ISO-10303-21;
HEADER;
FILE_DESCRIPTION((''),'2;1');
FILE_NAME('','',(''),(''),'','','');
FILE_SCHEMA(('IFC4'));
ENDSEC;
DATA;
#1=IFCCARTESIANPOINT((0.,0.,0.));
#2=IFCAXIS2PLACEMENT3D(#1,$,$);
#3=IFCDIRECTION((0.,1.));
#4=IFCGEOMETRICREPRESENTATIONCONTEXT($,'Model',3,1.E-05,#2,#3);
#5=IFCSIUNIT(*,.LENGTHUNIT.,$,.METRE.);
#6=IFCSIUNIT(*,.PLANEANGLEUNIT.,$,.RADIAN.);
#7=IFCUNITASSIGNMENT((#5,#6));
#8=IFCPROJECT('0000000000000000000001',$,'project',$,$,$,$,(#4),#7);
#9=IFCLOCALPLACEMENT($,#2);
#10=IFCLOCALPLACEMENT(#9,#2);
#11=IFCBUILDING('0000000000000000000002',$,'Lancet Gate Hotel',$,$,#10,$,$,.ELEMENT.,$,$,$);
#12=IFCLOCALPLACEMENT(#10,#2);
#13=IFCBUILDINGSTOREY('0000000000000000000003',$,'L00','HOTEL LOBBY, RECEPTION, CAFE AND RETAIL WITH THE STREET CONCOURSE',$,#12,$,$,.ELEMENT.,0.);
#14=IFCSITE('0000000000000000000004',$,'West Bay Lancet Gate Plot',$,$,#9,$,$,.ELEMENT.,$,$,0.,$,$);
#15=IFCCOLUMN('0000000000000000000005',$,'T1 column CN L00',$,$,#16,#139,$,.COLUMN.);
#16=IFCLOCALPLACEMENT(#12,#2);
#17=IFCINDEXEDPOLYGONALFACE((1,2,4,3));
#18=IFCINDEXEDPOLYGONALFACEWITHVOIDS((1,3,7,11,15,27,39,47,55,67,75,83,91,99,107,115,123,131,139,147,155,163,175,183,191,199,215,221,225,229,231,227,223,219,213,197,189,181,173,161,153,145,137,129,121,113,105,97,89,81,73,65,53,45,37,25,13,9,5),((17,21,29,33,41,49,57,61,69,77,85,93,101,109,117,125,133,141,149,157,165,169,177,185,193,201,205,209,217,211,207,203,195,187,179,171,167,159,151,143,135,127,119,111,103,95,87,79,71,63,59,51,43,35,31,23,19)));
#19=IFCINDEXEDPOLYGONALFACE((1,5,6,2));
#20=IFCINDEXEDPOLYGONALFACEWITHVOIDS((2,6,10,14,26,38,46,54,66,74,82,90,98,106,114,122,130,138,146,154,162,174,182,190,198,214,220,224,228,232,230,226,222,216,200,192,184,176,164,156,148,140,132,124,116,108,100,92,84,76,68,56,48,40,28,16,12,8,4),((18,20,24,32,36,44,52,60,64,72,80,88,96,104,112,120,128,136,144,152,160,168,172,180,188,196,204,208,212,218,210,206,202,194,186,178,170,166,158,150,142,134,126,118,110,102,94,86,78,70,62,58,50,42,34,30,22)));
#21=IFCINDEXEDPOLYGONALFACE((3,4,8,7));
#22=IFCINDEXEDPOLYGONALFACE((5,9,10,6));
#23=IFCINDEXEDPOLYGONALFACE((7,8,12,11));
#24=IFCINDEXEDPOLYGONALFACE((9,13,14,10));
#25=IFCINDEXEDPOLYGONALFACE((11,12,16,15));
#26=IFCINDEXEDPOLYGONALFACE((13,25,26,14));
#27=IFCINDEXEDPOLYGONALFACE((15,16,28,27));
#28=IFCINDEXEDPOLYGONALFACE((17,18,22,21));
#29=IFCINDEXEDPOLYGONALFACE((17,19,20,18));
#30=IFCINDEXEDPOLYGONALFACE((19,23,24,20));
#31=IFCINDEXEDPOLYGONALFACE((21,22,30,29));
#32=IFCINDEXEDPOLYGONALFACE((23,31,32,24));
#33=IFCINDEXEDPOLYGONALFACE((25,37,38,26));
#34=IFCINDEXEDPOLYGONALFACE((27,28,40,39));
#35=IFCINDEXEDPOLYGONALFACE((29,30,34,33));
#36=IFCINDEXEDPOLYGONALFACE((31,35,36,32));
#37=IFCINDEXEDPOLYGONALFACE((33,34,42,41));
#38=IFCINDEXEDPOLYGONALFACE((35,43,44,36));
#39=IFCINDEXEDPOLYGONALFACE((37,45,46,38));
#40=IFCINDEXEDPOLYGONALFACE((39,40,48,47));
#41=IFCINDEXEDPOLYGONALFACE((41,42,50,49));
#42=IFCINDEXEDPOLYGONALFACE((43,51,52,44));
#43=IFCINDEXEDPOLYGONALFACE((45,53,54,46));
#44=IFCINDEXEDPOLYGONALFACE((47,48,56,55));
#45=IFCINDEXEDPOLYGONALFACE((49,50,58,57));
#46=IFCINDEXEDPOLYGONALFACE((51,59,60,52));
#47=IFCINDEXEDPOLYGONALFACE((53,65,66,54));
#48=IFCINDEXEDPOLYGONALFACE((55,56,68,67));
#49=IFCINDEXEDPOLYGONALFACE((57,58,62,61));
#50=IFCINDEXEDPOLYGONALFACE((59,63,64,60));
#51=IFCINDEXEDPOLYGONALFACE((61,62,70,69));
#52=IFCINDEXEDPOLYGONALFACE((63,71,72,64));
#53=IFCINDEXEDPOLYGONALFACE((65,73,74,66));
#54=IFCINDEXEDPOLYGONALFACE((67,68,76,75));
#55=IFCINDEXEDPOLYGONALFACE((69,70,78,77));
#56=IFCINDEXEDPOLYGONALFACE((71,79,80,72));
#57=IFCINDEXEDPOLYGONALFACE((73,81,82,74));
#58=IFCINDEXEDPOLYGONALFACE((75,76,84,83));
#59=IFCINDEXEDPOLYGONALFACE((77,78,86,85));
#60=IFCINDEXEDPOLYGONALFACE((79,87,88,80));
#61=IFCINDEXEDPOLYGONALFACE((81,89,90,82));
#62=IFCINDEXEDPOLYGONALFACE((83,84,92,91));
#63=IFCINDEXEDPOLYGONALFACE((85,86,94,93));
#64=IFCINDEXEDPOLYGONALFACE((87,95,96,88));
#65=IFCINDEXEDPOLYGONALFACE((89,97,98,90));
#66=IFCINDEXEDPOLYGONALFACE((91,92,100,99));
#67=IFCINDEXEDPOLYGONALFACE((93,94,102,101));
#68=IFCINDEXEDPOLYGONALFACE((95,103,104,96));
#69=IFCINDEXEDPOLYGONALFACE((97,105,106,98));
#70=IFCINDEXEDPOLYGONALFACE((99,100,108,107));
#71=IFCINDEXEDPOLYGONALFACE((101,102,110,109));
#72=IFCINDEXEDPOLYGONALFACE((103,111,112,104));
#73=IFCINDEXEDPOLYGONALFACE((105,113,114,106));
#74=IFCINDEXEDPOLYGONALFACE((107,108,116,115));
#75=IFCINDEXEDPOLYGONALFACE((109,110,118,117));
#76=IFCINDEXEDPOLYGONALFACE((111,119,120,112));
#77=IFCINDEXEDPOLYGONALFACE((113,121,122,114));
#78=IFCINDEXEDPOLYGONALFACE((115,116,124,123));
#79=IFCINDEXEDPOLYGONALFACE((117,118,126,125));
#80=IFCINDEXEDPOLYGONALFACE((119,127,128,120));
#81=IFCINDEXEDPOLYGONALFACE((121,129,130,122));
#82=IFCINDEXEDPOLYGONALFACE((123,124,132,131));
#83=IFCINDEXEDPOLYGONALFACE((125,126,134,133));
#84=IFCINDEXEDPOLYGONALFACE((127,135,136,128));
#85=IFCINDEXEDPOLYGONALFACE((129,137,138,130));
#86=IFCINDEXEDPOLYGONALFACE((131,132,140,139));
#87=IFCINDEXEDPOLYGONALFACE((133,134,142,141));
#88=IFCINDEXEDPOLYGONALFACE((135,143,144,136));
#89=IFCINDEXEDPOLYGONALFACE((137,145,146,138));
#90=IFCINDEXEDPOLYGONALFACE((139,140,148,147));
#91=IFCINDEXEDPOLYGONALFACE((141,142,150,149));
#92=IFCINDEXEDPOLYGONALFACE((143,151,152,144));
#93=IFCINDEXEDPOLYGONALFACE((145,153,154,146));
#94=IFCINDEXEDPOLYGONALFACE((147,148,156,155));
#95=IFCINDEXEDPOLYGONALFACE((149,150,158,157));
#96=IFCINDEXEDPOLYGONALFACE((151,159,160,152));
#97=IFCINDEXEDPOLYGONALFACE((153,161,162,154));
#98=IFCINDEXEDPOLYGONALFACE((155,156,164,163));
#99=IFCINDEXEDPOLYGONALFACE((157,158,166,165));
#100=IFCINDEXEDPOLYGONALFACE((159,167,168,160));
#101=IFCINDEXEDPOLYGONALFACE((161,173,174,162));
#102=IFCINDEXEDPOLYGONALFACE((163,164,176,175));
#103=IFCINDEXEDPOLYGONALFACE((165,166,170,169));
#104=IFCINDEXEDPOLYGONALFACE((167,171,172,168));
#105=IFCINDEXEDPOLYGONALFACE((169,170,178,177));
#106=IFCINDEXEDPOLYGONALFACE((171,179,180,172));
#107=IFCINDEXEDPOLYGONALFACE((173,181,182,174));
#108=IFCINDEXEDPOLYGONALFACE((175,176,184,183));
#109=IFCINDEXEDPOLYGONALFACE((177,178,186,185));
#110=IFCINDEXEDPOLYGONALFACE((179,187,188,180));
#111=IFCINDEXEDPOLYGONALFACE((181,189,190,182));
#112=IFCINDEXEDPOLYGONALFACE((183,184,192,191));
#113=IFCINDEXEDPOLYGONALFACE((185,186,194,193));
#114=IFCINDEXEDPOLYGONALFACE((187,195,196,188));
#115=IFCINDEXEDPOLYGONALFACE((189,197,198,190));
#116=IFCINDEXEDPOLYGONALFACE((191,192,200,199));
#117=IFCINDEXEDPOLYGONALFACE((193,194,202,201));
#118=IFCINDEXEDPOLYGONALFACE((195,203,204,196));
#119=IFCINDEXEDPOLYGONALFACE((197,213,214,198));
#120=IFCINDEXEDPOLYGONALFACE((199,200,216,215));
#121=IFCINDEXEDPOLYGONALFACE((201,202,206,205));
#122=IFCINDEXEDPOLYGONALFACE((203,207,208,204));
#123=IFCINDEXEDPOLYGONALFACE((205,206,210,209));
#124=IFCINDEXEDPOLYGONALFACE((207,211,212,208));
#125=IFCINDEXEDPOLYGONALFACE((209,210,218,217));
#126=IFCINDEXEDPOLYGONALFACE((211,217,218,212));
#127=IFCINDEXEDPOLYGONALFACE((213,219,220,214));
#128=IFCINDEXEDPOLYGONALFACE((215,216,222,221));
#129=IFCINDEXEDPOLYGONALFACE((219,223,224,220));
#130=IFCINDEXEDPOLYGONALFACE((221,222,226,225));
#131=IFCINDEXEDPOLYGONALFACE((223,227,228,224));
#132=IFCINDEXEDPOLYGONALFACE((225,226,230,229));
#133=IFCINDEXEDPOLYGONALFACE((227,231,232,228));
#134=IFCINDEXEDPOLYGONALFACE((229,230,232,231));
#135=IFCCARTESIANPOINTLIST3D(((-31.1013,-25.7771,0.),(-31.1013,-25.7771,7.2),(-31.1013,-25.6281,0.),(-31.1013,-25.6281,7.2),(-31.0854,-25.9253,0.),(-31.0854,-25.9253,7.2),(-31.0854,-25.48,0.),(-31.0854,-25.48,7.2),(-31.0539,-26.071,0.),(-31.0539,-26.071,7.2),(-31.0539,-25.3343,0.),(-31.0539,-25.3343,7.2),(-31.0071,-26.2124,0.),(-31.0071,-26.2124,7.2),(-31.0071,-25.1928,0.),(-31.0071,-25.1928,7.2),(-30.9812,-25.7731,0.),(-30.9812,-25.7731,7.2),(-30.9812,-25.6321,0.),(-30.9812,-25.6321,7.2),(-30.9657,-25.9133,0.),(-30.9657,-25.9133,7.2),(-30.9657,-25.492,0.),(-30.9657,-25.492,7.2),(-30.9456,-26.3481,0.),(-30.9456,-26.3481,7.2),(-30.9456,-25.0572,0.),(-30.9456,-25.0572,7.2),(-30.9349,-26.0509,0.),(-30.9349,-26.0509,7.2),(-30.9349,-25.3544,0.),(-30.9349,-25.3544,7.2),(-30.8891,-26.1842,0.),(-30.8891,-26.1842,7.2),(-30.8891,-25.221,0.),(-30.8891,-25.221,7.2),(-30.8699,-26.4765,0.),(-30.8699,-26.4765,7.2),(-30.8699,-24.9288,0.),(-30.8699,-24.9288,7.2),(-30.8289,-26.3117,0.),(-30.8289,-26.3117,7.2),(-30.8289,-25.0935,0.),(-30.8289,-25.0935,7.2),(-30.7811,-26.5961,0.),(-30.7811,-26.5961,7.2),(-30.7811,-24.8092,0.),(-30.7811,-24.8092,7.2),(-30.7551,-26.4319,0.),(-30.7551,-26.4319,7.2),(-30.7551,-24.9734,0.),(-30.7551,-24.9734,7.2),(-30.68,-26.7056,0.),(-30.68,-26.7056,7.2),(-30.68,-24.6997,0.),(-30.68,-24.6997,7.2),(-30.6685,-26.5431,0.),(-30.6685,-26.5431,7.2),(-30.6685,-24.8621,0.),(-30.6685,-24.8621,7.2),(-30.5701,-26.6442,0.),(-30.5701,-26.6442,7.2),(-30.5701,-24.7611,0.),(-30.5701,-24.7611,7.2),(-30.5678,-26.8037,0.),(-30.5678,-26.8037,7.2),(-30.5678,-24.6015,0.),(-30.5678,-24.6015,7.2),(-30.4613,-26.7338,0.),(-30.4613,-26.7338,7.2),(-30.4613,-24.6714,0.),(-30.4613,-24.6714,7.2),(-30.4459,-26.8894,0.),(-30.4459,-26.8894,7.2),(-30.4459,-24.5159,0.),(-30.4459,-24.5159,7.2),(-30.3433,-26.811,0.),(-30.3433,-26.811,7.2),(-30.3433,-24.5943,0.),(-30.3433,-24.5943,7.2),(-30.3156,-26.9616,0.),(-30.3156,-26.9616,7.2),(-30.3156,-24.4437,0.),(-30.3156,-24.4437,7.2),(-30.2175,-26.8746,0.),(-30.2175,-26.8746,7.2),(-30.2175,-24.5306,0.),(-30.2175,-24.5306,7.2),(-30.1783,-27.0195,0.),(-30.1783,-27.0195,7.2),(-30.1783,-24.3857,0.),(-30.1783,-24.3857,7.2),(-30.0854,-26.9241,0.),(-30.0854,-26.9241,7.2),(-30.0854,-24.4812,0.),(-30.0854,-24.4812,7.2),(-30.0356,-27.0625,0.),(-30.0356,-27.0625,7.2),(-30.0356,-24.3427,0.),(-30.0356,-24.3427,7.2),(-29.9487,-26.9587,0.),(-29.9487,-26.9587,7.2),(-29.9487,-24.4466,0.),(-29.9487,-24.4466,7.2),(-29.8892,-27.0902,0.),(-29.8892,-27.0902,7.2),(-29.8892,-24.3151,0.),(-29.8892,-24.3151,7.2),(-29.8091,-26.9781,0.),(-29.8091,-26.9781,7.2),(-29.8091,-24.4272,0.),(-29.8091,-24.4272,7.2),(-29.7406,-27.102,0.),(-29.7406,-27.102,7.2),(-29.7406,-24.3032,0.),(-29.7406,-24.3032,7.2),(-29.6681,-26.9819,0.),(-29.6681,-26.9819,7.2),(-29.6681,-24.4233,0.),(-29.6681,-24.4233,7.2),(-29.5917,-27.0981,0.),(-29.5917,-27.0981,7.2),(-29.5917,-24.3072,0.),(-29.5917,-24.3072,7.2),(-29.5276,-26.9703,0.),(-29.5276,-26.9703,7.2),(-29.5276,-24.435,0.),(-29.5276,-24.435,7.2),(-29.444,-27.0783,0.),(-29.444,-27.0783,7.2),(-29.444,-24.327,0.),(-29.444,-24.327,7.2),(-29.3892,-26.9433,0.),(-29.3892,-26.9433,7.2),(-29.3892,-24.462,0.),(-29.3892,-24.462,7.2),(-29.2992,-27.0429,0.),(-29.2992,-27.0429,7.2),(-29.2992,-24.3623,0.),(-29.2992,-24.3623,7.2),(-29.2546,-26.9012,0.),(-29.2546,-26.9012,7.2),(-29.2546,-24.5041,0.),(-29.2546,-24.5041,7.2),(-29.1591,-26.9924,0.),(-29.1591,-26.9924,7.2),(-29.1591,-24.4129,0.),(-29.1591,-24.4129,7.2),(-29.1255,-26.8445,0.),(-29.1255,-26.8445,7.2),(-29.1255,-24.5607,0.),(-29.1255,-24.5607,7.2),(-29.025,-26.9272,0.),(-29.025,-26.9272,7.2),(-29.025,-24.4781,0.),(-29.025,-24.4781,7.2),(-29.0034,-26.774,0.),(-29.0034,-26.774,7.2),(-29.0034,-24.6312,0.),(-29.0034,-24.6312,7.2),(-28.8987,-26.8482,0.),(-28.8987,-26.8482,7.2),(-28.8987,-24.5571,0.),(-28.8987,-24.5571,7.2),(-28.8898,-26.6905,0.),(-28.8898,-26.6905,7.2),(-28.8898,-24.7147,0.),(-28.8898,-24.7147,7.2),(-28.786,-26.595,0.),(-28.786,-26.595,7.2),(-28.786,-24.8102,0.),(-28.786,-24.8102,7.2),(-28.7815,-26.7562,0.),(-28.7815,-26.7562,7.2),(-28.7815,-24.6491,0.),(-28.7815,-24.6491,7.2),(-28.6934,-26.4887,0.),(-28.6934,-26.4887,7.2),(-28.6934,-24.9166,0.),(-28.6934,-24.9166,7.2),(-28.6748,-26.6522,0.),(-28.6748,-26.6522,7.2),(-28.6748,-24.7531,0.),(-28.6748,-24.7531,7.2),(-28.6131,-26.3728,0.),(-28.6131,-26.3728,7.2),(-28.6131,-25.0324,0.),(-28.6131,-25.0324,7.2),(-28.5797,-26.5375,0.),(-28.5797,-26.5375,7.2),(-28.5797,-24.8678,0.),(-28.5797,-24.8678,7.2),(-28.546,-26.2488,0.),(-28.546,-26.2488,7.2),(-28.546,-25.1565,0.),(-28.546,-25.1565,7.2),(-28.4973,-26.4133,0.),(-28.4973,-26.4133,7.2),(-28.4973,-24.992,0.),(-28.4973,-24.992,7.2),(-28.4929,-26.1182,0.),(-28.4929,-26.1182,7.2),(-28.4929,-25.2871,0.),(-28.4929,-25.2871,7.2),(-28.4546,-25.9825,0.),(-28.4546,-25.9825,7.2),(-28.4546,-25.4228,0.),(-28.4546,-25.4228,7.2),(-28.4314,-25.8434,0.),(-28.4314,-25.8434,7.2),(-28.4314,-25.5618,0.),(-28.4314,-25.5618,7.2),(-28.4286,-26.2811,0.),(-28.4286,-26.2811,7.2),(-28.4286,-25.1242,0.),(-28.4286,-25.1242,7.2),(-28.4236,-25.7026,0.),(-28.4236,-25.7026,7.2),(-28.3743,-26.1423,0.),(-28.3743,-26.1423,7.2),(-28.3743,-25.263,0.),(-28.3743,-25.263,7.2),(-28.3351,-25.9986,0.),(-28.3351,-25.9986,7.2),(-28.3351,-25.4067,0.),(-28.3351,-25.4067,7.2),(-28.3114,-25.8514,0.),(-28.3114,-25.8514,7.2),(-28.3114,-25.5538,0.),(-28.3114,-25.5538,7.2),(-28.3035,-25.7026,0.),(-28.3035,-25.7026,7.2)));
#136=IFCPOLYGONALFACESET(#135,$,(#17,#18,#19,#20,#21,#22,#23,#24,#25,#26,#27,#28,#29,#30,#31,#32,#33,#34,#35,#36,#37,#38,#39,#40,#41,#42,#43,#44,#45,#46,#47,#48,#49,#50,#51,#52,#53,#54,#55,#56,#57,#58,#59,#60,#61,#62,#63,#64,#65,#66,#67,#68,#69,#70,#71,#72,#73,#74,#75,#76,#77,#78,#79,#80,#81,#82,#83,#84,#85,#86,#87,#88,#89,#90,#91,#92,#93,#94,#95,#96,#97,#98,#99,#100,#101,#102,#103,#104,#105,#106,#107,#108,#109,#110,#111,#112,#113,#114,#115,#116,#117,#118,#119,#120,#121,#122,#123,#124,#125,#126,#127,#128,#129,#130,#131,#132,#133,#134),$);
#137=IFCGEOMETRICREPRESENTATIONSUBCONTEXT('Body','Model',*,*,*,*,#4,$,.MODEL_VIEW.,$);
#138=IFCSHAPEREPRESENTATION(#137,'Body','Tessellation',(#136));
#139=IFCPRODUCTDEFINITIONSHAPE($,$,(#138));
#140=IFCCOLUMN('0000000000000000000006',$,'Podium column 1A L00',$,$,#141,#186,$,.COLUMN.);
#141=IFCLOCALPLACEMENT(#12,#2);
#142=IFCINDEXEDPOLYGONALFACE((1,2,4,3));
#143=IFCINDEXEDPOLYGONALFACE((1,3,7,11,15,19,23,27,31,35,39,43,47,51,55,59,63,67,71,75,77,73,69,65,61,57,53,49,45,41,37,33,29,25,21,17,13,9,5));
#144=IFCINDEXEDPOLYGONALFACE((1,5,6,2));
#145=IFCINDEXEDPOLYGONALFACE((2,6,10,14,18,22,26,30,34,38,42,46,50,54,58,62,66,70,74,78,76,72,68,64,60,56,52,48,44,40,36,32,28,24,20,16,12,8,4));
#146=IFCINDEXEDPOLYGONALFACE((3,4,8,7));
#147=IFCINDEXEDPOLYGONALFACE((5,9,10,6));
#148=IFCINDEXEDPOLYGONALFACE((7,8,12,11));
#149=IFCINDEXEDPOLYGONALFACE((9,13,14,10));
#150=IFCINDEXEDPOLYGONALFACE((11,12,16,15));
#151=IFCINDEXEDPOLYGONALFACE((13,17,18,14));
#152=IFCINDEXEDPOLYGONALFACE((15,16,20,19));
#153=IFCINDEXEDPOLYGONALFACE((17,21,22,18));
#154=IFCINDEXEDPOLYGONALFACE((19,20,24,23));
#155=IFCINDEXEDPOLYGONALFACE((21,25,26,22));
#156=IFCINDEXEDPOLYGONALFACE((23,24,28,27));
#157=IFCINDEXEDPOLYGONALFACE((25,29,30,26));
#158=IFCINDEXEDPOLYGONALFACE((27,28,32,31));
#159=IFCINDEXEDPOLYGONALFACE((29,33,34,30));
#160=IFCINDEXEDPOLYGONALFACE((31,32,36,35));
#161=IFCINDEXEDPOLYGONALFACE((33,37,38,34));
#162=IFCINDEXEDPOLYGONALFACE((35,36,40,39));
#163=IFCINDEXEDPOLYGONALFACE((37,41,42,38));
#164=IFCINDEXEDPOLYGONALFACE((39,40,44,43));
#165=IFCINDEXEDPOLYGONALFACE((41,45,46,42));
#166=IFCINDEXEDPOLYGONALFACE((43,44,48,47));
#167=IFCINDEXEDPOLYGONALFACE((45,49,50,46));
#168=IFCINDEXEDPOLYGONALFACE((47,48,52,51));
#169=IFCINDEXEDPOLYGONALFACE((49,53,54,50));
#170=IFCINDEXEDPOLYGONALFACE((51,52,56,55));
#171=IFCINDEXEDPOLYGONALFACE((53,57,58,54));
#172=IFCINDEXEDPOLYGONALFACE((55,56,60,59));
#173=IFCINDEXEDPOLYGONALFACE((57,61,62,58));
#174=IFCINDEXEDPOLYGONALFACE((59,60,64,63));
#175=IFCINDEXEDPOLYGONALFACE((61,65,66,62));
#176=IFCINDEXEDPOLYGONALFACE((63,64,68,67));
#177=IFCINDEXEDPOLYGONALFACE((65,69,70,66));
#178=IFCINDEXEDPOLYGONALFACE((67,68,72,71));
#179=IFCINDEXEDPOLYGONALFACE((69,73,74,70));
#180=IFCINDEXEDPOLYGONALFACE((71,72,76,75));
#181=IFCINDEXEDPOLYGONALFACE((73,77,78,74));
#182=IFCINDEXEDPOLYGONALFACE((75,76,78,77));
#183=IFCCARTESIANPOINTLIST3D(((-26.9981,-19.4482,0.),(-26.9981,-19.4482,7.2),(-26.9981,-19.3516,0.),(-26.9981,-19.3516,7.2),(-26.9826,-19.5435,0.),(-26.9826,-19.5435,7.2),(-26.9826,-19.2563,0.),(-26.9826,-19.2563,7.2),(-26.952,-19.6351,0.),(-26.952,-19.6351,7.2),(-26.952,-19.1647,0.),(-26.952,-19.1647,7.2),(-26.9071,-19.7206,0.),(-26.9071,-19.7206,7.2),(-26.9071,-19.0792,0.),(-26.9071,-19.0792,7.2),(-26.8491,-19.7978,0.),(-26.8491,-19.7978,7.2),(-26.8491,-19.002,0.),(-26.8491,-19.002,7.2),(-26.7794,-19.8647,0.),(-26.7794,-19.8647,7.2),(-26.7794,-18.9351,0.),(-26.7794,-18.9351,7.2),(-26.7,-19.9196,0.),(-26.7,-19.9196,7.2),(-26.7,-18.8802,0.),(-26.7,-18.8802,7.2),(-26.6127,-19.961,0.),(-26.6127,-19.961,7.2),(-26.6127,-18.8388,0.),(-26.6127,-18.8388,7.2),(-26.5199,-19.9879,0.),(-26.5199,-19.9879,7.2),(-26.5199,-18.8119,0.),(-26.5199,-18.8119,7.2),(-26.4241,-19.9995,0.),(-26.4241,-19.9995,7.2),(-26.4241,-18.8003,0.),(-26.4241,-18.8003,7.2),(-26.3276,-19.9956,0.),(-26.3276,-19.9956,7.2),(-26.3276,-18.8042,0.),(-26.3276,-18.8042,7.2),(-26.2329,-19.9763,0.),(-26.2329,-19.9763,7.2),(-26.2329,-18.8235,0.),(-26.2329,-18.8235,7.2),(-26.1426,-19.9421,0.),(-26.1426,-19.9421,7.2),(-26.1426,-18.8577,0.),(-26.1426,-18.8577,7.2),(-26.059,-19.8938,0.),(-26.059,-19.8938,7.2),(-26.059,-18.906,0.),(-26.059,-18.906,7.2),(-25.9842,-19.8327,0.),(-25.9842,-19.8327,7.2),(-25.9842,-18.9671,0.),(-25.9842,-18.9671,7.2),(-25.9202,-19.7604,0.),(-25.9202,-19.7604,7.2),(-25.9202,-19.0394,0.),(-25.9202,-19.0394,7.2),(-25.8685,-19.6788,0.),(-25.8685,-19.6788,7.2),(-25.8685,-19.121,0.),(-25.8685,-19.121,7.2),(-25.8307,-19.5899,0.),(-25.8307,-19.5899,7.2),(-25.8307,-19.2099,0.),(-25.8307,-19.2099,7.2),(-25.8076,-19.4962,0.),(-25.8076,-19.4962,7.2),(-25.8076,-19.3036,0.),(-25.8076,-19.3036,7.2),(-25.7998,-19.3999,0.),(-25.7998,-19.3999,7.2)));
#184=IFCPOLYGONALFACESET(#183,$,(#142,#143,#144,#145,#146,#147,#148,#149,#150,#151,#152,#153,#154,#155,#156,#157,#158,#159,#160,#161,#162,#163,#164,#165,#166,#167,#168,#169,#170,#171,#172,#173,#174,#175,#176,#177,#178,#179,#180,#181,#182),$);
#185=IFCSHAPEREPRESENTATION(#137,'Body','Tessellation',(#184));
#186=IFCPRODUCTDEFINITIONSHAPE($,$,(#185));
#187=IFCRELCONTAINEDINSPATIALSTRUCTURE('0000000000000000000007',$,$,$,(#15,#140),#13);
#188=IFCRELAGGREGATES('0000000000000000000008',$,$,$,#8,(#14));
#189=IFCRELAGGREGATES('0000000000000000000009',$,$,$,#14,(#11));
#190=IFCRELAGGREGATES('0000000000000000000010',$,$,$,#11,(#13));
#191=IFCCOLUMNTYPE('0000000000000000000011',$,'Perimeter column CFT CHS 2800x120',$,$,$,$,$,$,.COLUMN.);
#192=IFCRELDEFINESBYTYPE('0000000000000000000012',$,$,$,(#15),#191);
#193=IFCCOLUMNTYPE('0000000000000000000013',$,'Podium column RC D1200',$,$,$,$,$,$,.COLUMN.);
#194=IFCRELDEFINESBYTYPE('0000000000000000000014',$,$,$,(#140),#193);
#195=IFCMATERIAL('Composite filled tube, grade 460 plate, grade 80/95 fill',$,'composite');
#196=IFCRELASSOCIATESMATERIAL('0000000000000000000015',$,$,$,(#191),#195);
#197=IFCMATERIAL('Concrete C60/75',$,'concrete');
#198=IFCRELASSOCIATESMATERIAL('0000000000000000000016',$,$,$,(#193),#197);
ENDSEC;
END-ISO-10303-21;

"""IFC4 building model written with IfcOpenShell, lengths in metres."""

from ifc_helpers import new_model, si_unit, direction, frame, origin, origin_2d, place, context, subcontext, project, spatial, circle, hollow_circle, extrude, material, material_profile, profile_set, type_object, element, save


model = new_model("IFC4")

# Units and contexts
model_context = context("Model", 3, precision=1e-05, world=origin(), true_north=direction((0.0, 1.0)))
body_context = subcontext(model_context, "Body", "Model", "MODEL_VIEW")
ifc_project = project(units=[si_unit("LENGTHUNIT", "METRE"), si_unit("PLANEANGLEUNIT", "RADIAN")], contexts=[model_context])

# Site, building, storey
site_placement = place(None, origin())
site = spatial("IfcSite", under=ifc_project, at=site_placement, Name="West Bay Lancet Gate Plot", CompositionType="ELEMENT", RefElevation=0.0)
building_placement = place(site_placement, origin())
building = spatial("IfcBuilding", under=site, at=building_placement, Name="Lancet Gate Hotel", CompositionType="ELEMENT")
storey_placement = place(building_placement, origin())
storey = spatial("IfcBuildingStorey", under=building, at=storey_placement, Name="L00", Description="HOTEL LOBBY, RECEPTION, CAFE AND RETAIL WITH THE STREET CONCOURSE", CompositionType="ELEMENT", Elevation=0.0)

# Columns
ifc_material_1 = material(Name="Composite filled tube, grade 460 plate, grade 80/95 fill", Category="composite")
ifc_material_profile_1 = material_profile(ifc_material_1, hollow_circle(Radius=1.3999, WallThickness=0.1201, at=origin_2d()), Name="CHS 2800x120")
ifc_profile_set_1 = profile_set([ifc_material_profile_1], Name="Composite filled tube, grade 460 plate, grade 80/95 fill")
column_type_1 = type_object("IfcColumnType", Name="Perimeter column CFT CHS 2800x120", PredefinedType="COLUMN", material=ifc_profile_set_1)
column_placement = place(storey_placement, frame((-29.7034, -25.7026, 0.0), z_axis=(0.0, 0.0, 1.0), x_axis=(1.0, 0.0, 0.0)))
element("IfcColumn", 1, at=column_placement, inside=storey, type_object=column_type_1, Name="T1 column CN L00", PredefinedType="COLUMN", context=body_context, shape_type="SweptSolid", body=[
    extrude(hollow_circle(Radius=1.3999, WallThickness=0.1201, at=origin_2d()), origin(), (0.0, 0.0, 1.0), 7.2),
])
ifc_material_2 = material(Name="Concrete C60/75", Category="concrete")
ifc_material_profile_2 = material_profile(ifc_material_2, circle(Radius=0.6001, at=origin_2d()), Name="RC D1200")
ifc_profile_set_2 = profile_set([ifc_material_profile_2], Name="Concrete C60/75")
column_type_2 = type_object("IfcColumnType", Name="Podium column RC D1200", PredefinedType="COLUMN", material=ifc_profile_set_2)
for number, where, z_axis, x_axis, name in (
    (2, (-26.3999, -19.3999, 0.0), (0.0, 0.0, 1.0), (1.0, 0.0, 0.0), "Podium column 1A L00"),
):
    element("IfcColumn", number, at=place(storey_placement, frame(where, z_axis=z_axis, x_axis=x_axis)), inside=storey, type_object=column_type_2, Name=name, PredefinedType="COLUMN", context=body_context, shape_type="SweptSolid", body=[
        extrude(circle(Radius=0.6001, at=origin_2d()), origin(), (0.0, 0.0, 1.0), 7.2),
    ])

save(model, "model.ifc")
